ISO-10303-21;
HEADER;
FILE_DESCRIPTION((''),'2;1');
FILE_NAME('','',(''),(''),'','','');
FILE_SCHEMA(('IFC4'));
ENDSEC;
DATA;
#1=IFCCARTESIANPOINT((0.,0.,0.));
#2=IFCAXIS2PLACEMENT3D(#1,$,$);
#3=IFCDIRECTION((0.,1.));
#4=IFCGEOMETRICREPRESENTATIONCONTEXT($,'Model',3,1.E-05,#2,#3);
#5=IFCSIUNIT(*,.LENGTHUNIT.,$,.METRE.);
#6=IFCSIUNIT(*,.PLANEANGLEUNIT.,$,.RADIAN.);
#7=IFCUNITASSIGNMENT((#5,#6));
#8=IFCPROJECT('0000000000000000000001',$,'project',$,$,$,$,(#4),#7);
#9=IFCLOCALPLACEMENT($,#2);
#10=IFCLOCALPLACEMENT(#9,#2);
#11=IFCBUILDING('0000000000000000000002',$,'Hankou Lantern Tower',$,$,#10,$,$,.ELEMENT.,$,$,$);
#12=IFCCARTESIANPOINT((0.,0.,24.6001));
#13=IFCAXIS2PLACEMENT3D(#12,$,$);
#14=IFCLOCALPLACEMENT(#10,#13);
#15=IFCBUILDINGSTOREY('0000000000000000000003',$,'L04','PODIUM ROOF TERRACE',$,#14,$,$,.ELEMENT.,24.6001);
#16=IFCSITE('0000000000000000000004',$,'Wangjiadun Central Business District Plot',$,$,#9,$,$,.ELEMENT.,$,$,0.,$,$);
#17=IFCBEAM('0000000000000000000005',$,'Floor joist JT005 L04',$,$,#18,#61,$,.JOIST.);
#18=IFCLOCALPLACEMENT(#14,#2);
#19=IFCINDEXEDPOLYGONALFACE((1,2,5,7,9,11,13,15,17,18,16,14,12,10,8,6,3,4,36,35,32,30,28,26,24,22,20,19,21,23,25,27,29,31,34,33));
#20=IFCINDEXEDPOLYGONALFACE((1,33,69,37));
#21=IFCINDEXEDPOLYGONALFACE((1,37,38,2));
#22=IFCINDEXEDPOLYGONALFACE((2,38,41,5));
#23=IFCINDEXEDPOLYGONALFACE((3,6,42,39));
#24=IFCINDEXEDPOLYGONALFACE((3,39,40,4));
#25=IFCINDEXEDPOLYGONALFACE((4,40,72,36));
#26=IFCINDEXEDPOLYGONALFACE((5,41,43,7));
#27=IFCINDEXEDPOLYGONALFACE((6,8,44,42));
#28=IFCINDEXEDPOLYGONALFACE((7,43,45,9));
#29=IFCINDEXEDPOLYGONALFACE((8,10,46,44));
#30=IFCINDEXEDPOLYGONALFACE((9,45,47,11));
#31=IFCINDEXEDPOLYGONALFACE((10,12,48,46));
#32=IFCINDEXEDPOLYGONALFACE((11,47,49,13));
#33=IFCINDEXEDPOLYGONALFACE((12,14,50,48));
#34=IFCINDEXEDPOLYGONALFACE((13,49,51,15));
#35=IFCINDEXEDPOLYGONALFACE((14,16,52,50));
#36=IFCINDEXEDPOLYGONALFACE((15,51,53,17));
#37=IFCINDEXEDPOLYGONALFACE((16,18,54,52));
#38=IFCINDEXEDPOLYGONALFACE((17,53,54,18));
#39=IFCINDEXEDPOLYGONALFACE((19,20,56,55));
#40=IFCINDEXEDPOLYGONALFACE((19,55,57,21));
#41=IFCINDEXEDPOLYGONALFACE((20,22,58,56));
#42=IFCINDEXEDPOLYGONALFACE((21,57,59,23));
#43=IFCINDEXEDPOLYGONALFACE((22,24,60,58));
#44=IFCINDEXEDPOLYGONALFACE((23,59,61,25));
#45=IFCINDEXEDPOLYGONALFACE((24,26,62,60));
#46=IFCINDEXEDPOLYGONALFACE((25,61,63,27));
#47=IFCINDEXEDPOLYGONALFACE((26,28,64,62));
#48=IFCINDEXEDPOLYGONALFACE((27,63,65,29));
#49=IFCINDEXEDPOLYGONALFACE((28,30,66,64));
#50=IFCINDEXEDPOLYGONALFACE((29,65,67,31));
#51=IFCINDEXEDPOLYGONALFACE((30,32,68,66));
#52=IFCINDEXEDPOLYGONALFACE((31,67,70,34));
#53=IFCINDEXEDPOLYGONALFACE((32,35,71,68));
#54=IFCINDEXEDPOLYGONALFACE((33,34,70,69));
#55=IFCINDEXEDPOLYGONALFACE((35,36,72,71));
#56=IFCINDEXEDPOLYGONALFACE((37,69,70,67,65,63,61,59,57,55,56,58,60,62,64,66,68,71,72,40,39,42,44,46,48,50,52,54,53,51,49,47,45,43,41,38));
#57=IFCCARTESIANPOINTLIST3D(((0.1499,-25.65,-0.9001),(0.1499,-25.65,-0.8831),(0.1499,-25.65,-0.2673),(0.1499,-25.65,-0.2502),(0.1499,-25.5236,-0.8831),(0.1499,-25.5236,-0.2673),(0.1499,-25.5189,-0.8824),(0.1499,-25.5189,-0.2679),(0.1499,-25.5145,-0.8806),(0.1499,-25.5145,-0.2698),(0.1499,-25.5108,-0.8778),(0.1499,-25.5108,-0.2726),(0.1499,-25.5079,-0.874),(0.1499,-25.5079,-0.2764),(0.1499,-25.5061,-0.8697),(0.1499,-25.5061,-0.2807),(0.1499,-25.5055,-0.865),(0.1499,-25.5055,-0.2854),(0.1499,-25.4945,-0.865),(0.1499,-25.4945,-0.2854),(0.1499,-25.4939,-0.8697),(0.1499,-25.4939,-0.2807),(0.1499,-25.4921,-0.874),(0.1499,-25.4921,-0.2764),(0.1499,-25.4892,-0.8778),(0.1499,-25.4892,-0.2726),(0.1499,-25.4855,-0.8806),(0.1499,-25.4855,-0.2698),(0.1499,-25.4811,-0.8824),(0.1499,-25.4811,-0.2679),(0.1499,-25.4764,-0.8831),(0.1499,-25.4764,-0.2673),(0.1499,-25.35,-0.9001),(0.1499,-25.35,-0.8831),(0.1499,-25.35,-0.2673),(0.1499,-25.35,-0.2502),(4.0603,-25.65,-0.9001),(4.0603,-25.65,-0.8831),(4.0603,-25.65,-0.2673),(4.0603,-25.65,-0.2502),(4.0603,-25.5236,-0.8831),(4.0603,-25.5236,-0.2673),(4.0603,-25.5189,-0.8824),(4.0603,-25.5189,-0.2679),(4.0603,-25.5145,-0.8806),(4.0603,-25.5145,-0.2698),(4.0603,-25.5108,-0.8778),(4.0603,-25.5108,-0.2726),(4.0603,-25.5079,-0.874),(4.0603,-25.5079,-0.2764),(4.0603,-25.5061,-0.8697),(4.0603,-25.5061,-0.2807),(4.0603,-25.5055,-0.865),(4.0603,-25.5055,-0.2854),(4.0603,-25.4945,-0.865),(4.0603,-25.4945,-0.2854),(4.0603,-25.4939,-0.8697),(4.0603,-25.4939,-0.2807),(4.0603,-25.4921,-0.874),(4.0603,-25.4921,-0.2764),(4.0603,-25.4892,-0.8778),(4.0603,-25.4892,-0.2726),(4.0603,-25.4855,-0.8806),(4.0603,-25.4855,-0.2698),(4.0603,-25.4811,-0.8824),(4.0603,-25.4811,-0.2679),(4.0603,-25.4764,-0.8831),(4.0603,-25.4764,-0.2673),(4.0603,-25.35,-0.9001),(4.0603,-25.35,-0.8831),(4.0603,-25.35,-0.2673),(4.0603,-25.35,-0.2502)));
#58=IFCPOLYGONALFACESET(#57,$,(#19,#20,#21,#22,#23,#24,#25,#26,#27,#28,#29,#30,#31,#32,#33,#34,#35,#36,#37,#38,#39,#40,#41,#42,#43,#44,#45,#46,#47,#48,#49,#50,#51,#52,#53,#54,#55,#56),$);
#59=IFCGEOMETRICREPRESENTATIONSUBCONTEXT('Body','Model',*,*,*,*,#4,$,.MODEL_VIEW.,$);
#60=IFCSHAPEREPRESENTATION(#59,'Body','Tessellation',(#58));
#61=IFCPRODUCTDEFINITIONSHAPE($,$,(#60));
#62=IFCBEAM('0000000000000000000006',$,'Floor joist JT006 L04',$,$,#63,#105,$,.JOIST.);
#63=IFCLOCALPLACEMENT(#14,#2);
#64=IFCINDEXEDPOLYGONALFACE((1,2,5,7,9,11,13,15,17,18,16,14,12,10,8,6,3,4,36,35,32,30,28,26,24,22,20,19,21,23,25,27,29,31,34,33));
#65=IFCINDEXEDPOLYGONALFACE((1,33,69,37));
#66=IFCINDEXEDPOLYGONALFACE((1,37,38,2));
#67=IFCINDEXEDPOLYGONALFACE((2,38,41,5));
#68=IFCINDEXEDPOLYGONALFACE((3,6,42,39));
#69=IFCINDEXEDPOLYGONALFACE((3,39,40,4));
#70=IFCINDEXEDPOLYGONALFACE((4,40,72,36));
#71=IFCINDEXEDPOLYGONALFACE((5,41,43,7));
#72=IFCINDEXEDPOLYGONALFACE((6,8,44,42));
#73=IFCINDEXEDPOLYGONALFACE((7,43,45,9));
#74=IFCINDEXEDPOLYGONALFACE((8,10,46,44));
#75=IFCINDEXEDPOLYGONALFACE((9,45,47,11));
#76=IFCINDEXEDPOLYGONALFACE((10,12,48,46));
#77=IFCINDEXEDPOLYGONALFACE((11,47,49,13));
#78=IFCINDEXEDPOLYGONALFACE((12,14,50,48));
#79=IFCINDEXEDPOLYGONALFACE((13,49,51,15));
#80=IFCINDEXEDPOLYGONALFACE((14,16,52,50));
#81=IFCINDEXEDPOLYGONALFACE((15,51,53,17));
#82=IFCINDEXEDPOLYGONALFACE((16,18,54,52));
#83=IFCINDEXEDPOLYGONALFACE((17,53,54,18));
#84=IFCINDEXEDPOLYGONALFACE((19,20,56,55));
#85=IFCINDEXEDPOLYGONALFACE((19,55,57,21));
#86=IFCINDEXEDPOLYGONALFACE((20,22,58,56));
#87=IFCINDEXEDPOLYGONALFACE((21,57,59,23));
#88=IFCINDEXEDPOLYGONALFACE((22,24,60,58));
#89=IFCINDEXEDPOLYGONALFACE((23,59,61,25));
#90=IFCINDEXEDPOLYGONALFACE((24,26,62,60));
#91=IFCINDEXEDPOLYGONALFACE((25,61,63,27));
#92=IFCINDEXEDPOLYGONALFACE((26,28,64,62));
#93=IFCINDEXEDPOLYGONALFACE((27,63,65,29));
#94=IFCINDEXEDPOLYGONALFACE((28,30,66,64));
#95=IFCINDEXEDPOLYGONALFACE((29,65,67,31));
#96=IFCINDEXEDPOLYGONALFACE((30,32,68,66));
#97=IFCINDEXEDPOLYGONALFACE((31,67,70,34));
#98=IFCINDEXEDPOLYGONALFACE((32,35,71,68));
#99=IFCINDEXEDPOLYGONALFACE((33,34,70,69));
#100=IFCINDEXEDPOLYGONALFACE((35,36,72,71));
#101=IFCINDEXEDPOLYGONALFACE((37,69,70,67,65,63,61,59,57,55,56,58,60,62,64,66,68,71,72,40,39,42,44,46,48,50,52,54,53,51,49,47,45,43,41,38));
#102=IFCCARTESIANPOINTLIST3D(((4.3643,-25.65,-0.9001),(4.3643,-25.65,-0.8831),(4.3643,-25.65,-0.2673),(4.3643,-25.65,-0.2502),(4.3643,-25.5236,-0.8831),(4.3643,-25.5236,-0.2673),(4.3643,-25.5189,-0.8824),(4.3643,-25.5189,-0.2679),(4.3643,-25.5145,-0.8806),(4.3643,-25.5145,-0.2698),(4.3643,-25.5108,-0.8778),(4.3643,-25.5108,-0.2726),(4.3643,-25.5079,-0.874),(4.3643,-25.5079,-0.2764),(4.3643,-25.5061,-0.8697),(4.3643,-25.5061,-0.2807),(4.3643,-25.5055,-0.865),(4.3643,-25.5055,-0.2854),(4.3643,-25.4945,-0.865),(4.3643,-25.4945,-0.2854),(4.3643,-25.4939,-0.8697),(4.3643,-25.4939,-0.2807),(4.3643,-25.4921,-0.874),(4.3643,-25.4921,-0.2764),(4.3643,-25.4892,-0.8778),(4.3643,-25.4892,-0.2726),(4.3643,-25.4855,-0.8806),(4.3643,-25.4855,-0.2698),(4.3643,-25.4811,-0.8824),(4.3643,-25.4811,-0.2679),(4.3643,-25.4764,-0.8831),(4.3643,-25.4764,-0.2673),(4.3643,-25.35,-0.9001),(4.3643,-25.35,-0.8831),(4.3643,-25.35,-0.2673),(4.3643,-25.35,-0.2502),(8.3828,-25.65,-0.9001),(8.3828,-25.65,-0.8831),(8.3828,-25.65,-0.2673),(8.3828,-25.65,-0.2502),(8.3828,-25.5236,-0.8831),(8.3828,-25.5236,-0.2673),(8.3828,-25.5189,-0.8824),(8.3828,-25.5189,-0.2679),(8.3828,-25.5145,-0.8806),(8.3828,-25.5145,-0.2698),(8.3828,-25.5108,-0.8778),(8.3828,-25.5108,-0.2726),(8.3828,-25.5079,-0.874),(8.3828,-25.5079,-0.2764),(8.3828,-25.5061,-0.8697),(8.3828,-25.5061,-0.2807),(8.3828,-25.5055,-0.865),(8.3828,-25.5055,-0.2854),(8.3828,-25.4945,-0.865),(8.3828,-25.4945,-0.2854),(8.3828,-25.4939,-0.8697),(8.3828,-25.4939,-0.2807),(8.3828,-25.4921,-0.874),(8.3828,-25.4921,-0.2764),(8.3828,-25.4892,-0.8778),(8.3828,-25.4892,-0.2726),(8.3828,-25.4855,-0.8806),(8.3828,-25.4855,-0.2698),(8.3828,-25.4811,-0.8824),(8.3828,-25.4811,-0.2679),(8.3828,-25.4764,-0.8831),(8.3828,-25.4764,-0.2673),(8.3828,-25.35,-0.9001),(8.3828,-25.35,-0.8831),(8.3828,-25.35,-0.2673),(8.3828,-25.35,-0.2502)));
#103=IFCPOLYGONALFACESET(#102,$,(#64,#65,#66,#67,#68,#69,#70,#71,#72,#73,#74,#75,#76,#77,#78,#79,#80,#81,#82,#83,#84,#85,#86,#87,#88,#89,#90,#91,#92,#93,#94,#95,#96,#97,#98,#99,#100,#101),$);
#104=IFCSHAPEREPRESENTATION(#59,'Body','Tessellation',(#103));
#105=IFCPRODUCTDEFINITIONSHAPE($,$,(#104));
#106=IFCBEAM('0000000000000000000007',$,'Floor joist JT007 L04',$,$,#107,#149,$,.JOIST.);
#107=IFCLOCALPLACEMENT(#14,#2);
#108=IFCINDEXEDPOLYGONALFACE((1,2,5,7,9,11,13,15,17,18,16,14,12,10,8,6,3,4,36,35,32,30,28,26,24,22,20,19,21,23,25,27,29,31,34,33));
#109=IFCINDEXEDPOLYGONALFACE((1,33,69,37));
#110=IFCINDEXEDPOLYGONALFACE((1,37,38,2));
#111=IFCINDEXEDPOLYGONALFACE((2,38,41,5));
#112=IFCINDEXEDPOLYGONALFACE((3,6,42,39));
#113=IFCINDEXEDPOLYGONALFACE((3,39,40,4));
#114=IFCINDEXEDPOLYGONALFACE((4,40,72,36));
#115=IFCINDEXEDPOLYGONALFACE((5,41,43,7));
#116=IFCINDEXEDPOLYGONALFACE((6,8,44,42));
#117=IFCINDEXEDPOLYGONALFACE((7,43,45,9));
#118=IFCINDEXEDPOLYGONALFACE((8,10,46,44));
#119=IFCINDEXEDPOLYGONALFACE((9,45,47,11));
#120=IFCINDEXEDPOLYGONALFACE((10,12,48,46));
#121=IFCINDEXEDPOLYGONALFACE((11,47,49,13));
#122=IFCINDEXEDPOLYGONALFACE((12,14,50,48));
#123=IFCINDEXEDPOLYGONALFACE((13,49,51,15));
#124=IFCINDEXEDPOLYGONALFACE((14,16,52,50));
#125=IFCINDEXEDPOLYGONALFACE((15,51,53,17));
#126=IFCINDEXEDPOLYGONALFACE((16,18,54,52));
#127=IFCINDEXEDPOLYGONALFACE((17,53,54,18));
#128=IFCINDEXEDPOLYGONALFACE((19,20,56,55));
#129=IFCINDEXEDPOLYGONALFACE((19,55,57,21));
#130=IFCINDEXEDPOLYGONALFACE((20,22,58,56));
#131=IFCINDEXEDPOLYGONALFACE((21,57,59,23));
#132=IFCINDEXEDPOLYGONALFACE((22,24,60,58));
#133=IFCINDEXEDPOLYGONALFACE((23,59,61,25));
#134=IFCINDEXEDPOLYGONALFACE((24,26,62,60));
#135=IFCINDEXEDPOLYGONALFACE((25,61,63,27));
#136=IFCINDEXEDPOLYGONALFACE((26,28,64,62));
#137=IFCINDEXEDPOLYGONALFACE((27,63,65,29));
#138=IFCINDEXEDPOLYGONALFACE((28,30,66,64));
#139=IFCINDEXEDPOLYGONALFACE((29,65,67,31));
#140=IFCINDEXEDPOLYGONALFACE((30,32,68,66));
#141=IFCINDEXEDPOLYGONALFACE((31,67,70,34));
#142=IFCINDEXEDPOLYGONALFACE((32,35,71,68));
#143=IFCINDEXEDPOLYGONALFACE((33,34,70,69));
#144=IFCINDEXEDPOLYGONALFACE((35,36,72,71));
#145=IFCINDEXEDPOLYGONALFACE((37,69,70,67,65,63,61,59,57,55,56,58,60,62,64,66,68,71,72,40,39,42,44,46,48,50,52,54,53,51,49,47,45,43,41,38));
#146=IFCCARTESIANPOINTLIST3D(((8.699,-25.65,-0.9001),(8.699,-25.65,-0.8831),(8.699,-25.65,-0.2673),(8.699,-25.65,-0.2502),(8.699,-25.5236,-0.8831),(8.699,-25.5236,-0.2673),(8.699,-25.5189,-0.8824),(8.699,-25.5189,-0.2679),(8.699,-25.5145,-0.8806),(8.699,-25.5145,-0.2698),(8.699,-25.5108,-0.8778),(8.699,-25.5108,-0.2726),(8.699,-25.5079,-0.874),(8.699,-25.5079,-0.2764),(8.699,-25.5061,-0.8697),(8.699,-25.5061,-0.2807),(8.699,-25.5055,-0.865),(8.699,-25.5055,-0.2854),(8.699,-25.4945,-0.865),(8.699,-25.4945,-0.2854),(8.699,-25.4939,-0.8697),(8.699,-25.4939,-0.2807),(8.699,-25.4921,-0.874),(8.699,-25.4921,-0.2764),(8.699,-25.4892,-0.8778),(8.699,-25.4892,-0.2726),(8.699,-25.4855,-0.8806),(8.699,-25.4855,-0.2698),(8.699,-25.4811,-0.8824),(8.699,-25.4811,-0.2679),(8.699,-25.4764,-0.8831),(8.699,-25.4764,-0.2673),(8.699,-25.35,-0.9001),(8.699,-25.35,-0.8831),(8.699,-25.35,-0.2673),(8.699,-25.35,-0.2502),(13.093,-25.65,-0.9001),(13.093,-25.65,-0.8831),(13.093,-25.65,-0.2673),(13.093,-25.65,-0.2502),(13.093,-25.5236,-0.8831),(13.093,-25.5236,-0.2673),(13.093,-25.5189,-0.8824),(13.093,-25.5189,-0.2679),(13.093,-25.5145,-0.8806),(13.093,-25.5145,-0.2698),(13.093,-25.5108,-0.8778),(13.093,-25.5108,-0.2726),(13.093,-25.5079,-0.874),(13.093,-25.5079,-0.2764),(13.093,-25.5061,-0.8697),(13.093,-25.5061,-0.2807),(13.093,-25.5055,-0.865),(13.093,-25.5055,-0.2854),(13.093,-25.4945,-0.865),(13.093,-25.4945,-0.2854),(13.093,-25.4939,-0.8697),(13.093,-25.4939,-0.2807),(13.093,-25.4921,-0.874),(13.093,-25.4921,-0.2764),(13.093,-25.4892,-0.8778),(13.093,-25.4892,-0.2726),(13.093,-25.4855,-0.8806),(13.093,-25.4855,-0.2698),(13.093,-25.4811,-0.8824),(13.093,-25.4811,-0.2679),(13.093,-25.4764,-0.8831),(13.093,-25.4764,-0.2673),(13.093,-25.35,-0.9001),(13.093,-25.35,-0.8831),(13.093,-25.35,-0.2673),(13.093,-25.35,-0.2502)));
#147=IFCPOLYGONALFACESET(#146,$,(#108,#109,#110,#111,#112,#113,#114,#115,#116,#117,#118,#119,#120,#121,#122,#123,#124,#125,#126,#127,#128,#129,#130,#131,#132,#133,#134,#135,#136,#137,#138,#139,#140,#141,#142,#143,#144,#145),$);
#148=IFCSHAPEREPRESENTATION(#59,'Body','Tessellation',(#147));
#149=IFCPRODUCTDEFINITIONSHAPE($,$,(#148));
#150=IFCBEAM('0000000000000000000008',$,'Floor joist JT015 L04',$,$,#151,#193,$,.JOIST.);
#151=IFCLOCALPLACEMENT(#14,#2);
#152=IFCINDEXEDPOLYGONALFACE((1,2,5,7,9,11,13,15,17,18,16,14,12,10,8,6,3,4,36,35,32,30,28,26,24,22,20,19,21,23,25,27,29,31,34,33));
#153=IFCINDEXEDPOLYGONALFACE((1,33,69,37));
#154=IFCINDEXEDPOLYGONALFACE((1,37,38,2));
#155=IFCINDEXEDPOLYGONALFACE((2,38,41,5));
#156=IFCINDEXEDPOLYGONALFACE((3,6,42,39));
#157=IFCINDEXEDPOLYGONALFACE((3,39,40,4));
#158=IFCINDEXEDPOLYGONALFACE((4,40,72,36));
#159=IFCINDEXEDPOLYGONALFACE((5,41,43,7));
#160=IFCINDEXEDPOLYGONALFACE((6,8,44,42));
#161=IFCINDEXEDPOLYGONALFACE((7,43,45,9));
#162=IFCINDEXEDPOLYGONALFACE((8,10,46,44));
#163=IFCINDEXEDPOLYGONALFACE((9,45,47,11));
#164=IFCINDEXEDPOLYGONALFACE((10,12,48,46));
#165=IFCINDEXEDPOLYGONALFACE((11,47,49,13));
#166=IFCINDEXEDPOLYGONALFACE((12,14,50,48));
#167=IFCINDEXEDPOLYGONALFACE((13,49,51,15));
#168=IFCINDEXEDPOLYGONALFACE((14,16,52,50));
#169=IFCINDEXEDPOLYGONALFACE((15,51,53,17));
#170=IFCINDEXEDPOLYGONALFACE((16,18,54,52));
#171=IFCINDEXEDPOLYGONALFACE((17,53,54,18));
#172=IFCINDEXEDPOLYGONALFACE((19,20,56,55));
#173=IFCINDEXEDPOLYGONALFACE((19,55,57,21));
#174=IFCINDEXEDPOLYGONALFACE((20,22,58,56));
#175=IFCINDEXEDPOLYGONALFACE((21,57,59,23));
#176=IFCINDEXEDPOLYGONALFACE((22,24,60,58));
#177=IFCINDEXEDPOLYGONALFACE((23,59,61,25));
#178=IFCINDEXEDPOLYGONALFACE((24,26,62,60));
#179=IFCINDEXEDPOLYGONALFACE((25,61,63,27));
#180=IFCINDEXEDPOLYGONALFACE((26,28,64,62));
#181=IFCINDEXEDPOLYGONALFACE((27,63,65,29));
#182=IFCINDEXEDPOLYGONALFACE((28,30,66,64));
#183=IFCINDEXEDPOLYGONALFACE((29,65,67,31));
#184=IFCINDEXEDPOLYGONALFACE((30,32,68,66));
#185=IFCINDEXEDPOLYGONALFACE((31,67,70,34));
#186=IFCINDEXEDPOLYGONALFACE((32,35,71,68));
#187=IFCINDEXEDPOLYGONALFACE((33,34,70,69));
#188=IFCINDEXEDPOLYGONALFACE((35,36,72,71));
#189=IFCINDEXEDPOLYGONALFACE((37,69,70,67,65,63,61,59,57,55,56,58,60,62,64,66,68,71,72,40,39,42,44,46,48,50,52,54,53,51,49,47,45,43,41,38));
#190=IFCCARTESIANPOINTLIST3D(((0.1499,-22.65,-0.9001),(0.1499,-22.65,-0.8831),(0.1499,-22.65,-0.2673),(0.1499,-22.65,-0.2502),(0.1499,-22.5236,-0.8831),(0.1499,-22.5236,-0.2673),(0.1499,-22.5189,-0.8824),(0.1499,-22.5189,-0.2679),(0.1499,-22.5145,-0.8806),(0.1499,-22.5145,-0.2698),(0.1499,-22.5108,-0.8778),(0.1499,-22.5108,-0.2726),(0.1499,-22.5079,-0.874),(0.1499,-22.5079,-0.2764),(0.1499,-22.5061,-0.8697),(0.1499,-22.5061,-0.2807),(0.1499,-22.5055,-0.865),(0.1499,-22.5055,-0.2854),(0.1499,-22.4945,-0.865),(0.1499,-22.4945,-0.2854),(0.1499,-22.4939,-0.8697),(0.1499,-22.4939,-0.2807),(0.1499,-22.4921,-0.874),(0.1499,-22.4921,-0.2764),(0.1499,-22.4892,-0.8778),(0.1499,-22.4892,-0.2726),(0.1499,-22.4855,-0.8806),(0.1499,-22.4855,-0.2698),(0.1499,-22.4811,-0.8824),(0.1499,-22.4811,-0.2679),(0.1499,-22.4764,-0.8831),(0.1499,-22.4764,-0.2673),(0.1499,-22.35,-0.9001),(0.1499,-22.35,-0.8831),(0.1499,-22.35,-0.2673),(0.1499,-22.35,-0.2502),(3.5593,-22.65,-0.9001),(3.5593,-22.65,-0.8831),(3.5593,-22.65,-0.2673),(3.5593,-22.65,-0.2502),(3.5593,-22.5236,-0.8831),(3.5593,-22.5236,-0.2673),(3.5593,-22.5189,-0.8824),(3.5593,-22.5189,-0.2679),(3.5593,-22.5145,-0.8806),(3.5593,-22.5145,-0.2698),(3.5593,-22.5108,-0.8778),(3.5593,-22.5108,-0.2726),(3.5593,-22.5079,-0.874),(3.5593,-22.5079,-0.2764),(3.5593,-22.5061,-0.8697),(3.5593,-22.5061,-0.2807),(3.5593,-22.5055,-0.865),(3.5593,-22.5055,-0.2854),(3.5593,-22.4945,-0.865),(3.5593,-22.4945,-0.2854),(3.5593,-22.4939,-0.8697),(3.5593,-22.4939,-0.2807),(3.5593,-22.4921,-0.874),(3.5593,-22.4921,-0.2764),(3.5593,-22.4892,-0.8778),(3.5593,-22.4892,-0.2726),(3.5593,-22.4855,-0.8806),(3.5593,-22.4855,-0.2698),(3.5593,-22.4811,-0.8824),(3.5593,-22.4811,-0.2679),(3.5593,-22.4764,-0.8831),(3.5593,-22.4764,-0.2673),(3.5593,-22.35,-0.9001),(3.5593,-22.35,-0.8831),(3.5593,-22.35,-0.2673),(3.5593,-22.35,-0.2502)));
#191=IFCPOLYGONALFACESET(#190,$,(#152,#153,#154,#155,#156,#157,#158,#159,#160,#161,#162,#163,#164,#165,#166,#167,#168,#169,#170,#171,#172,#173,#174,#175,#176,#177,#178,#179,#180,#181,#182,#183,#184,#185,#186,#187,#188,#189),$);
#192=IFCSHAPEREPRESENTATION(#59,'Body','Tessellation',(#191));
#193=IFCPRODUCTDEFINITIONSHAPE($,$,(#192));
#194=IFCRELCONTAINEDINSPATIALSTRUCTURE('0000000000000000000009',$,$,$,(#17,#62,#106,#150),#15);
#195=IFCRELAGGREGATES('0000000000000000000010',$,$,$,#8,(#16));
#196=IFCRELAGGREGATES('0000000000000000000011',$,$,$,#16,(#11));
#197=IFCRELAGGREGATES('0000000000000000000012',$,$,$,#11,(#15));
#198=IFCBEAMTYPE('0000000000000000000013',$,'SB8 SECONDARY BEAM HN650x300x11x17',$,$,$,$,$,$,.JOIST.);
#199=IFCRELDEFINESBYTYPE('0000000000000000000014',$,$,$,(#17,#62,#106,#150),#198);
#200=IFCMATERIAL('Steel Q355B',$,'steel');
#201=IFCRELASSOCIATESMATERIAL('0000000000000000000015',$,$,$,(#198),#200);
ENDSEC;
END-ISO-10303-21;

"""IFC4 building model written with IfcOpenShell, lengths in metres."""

from ifc_helpers import new_model, si_unit, direction, frame, origin, origin_2d, place, context, subcontext, project, spatial, i_section, extrude, material, material_profile, profile_set, type_object, element, save


model = new_model("IFC4")

# Units and contexts
model_context = context("Model", 3, precision=1e-05, world=origin(), true_north=direction((0.0, 1.0)))
body_context = subcontext(model_context, "Body", "Model", "MODEL_VIEW")
ifc_project = project(units=[si_unit("LENGTHUNIT", "METRE"), si_unit("PLANEANGLEUNIT", "RADIAN")], contexts=[model_context])

# Site, building, storey
site_placement = place(None, origin())
site = spatial("IfcSite", under=ifc_project, at=site_placement, Name="Wangjiadun Central Business District Plot", CompositionType="ELEMENT", RefElevation=0.0)
building_placement = place(site_placement, origin())
building = spatial("IfcBuilding", under=site, at=building_placement, Name="Hankou Lantern Tower", CompositionType="ELEMENT")
storey_placement = place(building_placement, frame((0.0, 0.0, 24.6001)))
storey = spatial("IfcBuildingStorey", under=building, at=storey_placement, Name="L04", Description="PODIUM ROOF TERRACE", CompositionType="ELEMENT", Elevation=24.6001)

# Beams
ifc_material_1 = material(Name="Steel Q355B", Category="steel")
ifc_material_profile_1 = material_profile(ifc_material_1, i_section(OverallWidth=0.3, OverallDepth=0.6499, WebThickness=0.011, FlangeThickness=0.0171, FilletRadius=0.0181, at=origin_2d()), Name="HN650x300x11x17")
ifc_profile_set_1 = profile_set([ifc_material_profile_1], Name="Steel Q355B")
beam_type_1 = type_object("IfcBeamType", Name="SB8 SECONDARY BEAM HN650x300x11x17", PredefinedType="JOIST", material=ifc_profile_set_1)
beam_1_placement = place(storey_placement, frame((0.1499, -25.5, -0.5752), z_axis=(1.0, 0.0, 0.0), x_axis=(0.0, 1.0, 0.0)))
element("IfcBeam", 1, at=beam_1_placement, inside=storey, type_object=beam_type_1, Name="Floor joist JT005 L04", PredefinedType="JOIST", context=body_context, shape_type="SweptSolid", body=[
    extrude(i_section(OverallWidth=0.3, OverallDepth=0.6499, WebThickness=0.011, FlangeThickness=0.0171, FilletRadius=0.0181, at=origin_2d()), origin(), (0.0, 0.0, 1.0), 3.9104),
])
beam_2_placement = place(storey_placement, frame((4.3643, -25.5, -0.5752), z_axis=(1.0, 0.0, 0.0), x_axis=(0.0, 1.0, 0.0)))
element("IfcBeam", 2, at=beam_2_placement, inside=storey, type_object=beam_type_1, Name="Floor joist JT006 L04", PredefinedType="JOIST", context=body_context, shape_type="SweptSolid", body=[
    extrude(i_section(OverallWidth=0.3, OverallDepth=0.6499, WebThickness=0.011, FlangeThickness=0.0171, FilletRadius=0.0181, at=origin_2d()), origin(), (0.0, 0.0, 1.0), 4.0186),
])
beam_3_placement = place(storey_placement, frame((8.699, -25.5, -0.5752), z_axis=(1.0, 0.0, 0.0), x_axis=(0.0, 1.0, 0.0)))
element("IfcBeam", 3, at=beam_3_placement, inside=storey, type_object=beam_type_1, Name="Floor joist JT007 L04", PredefinedType="JOIST", context=body_context, shape_type="SweptSolid", body=[
    extrude(i_section(OverallWidth=0.3, OverallDepth=0.6499, WebThickness=0.011, FlangeThickness=0.0171, FilletRadius=0.0181, at=origin_2d()), origin(), (0.0, 0.0, 1.0), 4.394),
])
beam_4_placement = place(storey_placement, frame((0.1499, -22.5, -0.5752), z_axis=(1.0, 0.0, 0.0), x_axis=(0.0, 1.0, 0.0)))
element("IfcBeam", 4, at=beam_4_placement, inside=storey, type_object=beam_type_1, Name="Floor joist JT015 L04", PredefinedType="JOIST", context=body_context, shape_type="SweptSolid", body=[
    extrude(i_section(OverallWidth=0.3, OverallDepth=0.6499, WebThickness=0.011, FlangeThickness=0.0171, FilletRadius=0.0181, at=origin_2d()), origin(), (0.0, 0.0, 1.0), 3.4094),
])

save(model, "model.ifc")
